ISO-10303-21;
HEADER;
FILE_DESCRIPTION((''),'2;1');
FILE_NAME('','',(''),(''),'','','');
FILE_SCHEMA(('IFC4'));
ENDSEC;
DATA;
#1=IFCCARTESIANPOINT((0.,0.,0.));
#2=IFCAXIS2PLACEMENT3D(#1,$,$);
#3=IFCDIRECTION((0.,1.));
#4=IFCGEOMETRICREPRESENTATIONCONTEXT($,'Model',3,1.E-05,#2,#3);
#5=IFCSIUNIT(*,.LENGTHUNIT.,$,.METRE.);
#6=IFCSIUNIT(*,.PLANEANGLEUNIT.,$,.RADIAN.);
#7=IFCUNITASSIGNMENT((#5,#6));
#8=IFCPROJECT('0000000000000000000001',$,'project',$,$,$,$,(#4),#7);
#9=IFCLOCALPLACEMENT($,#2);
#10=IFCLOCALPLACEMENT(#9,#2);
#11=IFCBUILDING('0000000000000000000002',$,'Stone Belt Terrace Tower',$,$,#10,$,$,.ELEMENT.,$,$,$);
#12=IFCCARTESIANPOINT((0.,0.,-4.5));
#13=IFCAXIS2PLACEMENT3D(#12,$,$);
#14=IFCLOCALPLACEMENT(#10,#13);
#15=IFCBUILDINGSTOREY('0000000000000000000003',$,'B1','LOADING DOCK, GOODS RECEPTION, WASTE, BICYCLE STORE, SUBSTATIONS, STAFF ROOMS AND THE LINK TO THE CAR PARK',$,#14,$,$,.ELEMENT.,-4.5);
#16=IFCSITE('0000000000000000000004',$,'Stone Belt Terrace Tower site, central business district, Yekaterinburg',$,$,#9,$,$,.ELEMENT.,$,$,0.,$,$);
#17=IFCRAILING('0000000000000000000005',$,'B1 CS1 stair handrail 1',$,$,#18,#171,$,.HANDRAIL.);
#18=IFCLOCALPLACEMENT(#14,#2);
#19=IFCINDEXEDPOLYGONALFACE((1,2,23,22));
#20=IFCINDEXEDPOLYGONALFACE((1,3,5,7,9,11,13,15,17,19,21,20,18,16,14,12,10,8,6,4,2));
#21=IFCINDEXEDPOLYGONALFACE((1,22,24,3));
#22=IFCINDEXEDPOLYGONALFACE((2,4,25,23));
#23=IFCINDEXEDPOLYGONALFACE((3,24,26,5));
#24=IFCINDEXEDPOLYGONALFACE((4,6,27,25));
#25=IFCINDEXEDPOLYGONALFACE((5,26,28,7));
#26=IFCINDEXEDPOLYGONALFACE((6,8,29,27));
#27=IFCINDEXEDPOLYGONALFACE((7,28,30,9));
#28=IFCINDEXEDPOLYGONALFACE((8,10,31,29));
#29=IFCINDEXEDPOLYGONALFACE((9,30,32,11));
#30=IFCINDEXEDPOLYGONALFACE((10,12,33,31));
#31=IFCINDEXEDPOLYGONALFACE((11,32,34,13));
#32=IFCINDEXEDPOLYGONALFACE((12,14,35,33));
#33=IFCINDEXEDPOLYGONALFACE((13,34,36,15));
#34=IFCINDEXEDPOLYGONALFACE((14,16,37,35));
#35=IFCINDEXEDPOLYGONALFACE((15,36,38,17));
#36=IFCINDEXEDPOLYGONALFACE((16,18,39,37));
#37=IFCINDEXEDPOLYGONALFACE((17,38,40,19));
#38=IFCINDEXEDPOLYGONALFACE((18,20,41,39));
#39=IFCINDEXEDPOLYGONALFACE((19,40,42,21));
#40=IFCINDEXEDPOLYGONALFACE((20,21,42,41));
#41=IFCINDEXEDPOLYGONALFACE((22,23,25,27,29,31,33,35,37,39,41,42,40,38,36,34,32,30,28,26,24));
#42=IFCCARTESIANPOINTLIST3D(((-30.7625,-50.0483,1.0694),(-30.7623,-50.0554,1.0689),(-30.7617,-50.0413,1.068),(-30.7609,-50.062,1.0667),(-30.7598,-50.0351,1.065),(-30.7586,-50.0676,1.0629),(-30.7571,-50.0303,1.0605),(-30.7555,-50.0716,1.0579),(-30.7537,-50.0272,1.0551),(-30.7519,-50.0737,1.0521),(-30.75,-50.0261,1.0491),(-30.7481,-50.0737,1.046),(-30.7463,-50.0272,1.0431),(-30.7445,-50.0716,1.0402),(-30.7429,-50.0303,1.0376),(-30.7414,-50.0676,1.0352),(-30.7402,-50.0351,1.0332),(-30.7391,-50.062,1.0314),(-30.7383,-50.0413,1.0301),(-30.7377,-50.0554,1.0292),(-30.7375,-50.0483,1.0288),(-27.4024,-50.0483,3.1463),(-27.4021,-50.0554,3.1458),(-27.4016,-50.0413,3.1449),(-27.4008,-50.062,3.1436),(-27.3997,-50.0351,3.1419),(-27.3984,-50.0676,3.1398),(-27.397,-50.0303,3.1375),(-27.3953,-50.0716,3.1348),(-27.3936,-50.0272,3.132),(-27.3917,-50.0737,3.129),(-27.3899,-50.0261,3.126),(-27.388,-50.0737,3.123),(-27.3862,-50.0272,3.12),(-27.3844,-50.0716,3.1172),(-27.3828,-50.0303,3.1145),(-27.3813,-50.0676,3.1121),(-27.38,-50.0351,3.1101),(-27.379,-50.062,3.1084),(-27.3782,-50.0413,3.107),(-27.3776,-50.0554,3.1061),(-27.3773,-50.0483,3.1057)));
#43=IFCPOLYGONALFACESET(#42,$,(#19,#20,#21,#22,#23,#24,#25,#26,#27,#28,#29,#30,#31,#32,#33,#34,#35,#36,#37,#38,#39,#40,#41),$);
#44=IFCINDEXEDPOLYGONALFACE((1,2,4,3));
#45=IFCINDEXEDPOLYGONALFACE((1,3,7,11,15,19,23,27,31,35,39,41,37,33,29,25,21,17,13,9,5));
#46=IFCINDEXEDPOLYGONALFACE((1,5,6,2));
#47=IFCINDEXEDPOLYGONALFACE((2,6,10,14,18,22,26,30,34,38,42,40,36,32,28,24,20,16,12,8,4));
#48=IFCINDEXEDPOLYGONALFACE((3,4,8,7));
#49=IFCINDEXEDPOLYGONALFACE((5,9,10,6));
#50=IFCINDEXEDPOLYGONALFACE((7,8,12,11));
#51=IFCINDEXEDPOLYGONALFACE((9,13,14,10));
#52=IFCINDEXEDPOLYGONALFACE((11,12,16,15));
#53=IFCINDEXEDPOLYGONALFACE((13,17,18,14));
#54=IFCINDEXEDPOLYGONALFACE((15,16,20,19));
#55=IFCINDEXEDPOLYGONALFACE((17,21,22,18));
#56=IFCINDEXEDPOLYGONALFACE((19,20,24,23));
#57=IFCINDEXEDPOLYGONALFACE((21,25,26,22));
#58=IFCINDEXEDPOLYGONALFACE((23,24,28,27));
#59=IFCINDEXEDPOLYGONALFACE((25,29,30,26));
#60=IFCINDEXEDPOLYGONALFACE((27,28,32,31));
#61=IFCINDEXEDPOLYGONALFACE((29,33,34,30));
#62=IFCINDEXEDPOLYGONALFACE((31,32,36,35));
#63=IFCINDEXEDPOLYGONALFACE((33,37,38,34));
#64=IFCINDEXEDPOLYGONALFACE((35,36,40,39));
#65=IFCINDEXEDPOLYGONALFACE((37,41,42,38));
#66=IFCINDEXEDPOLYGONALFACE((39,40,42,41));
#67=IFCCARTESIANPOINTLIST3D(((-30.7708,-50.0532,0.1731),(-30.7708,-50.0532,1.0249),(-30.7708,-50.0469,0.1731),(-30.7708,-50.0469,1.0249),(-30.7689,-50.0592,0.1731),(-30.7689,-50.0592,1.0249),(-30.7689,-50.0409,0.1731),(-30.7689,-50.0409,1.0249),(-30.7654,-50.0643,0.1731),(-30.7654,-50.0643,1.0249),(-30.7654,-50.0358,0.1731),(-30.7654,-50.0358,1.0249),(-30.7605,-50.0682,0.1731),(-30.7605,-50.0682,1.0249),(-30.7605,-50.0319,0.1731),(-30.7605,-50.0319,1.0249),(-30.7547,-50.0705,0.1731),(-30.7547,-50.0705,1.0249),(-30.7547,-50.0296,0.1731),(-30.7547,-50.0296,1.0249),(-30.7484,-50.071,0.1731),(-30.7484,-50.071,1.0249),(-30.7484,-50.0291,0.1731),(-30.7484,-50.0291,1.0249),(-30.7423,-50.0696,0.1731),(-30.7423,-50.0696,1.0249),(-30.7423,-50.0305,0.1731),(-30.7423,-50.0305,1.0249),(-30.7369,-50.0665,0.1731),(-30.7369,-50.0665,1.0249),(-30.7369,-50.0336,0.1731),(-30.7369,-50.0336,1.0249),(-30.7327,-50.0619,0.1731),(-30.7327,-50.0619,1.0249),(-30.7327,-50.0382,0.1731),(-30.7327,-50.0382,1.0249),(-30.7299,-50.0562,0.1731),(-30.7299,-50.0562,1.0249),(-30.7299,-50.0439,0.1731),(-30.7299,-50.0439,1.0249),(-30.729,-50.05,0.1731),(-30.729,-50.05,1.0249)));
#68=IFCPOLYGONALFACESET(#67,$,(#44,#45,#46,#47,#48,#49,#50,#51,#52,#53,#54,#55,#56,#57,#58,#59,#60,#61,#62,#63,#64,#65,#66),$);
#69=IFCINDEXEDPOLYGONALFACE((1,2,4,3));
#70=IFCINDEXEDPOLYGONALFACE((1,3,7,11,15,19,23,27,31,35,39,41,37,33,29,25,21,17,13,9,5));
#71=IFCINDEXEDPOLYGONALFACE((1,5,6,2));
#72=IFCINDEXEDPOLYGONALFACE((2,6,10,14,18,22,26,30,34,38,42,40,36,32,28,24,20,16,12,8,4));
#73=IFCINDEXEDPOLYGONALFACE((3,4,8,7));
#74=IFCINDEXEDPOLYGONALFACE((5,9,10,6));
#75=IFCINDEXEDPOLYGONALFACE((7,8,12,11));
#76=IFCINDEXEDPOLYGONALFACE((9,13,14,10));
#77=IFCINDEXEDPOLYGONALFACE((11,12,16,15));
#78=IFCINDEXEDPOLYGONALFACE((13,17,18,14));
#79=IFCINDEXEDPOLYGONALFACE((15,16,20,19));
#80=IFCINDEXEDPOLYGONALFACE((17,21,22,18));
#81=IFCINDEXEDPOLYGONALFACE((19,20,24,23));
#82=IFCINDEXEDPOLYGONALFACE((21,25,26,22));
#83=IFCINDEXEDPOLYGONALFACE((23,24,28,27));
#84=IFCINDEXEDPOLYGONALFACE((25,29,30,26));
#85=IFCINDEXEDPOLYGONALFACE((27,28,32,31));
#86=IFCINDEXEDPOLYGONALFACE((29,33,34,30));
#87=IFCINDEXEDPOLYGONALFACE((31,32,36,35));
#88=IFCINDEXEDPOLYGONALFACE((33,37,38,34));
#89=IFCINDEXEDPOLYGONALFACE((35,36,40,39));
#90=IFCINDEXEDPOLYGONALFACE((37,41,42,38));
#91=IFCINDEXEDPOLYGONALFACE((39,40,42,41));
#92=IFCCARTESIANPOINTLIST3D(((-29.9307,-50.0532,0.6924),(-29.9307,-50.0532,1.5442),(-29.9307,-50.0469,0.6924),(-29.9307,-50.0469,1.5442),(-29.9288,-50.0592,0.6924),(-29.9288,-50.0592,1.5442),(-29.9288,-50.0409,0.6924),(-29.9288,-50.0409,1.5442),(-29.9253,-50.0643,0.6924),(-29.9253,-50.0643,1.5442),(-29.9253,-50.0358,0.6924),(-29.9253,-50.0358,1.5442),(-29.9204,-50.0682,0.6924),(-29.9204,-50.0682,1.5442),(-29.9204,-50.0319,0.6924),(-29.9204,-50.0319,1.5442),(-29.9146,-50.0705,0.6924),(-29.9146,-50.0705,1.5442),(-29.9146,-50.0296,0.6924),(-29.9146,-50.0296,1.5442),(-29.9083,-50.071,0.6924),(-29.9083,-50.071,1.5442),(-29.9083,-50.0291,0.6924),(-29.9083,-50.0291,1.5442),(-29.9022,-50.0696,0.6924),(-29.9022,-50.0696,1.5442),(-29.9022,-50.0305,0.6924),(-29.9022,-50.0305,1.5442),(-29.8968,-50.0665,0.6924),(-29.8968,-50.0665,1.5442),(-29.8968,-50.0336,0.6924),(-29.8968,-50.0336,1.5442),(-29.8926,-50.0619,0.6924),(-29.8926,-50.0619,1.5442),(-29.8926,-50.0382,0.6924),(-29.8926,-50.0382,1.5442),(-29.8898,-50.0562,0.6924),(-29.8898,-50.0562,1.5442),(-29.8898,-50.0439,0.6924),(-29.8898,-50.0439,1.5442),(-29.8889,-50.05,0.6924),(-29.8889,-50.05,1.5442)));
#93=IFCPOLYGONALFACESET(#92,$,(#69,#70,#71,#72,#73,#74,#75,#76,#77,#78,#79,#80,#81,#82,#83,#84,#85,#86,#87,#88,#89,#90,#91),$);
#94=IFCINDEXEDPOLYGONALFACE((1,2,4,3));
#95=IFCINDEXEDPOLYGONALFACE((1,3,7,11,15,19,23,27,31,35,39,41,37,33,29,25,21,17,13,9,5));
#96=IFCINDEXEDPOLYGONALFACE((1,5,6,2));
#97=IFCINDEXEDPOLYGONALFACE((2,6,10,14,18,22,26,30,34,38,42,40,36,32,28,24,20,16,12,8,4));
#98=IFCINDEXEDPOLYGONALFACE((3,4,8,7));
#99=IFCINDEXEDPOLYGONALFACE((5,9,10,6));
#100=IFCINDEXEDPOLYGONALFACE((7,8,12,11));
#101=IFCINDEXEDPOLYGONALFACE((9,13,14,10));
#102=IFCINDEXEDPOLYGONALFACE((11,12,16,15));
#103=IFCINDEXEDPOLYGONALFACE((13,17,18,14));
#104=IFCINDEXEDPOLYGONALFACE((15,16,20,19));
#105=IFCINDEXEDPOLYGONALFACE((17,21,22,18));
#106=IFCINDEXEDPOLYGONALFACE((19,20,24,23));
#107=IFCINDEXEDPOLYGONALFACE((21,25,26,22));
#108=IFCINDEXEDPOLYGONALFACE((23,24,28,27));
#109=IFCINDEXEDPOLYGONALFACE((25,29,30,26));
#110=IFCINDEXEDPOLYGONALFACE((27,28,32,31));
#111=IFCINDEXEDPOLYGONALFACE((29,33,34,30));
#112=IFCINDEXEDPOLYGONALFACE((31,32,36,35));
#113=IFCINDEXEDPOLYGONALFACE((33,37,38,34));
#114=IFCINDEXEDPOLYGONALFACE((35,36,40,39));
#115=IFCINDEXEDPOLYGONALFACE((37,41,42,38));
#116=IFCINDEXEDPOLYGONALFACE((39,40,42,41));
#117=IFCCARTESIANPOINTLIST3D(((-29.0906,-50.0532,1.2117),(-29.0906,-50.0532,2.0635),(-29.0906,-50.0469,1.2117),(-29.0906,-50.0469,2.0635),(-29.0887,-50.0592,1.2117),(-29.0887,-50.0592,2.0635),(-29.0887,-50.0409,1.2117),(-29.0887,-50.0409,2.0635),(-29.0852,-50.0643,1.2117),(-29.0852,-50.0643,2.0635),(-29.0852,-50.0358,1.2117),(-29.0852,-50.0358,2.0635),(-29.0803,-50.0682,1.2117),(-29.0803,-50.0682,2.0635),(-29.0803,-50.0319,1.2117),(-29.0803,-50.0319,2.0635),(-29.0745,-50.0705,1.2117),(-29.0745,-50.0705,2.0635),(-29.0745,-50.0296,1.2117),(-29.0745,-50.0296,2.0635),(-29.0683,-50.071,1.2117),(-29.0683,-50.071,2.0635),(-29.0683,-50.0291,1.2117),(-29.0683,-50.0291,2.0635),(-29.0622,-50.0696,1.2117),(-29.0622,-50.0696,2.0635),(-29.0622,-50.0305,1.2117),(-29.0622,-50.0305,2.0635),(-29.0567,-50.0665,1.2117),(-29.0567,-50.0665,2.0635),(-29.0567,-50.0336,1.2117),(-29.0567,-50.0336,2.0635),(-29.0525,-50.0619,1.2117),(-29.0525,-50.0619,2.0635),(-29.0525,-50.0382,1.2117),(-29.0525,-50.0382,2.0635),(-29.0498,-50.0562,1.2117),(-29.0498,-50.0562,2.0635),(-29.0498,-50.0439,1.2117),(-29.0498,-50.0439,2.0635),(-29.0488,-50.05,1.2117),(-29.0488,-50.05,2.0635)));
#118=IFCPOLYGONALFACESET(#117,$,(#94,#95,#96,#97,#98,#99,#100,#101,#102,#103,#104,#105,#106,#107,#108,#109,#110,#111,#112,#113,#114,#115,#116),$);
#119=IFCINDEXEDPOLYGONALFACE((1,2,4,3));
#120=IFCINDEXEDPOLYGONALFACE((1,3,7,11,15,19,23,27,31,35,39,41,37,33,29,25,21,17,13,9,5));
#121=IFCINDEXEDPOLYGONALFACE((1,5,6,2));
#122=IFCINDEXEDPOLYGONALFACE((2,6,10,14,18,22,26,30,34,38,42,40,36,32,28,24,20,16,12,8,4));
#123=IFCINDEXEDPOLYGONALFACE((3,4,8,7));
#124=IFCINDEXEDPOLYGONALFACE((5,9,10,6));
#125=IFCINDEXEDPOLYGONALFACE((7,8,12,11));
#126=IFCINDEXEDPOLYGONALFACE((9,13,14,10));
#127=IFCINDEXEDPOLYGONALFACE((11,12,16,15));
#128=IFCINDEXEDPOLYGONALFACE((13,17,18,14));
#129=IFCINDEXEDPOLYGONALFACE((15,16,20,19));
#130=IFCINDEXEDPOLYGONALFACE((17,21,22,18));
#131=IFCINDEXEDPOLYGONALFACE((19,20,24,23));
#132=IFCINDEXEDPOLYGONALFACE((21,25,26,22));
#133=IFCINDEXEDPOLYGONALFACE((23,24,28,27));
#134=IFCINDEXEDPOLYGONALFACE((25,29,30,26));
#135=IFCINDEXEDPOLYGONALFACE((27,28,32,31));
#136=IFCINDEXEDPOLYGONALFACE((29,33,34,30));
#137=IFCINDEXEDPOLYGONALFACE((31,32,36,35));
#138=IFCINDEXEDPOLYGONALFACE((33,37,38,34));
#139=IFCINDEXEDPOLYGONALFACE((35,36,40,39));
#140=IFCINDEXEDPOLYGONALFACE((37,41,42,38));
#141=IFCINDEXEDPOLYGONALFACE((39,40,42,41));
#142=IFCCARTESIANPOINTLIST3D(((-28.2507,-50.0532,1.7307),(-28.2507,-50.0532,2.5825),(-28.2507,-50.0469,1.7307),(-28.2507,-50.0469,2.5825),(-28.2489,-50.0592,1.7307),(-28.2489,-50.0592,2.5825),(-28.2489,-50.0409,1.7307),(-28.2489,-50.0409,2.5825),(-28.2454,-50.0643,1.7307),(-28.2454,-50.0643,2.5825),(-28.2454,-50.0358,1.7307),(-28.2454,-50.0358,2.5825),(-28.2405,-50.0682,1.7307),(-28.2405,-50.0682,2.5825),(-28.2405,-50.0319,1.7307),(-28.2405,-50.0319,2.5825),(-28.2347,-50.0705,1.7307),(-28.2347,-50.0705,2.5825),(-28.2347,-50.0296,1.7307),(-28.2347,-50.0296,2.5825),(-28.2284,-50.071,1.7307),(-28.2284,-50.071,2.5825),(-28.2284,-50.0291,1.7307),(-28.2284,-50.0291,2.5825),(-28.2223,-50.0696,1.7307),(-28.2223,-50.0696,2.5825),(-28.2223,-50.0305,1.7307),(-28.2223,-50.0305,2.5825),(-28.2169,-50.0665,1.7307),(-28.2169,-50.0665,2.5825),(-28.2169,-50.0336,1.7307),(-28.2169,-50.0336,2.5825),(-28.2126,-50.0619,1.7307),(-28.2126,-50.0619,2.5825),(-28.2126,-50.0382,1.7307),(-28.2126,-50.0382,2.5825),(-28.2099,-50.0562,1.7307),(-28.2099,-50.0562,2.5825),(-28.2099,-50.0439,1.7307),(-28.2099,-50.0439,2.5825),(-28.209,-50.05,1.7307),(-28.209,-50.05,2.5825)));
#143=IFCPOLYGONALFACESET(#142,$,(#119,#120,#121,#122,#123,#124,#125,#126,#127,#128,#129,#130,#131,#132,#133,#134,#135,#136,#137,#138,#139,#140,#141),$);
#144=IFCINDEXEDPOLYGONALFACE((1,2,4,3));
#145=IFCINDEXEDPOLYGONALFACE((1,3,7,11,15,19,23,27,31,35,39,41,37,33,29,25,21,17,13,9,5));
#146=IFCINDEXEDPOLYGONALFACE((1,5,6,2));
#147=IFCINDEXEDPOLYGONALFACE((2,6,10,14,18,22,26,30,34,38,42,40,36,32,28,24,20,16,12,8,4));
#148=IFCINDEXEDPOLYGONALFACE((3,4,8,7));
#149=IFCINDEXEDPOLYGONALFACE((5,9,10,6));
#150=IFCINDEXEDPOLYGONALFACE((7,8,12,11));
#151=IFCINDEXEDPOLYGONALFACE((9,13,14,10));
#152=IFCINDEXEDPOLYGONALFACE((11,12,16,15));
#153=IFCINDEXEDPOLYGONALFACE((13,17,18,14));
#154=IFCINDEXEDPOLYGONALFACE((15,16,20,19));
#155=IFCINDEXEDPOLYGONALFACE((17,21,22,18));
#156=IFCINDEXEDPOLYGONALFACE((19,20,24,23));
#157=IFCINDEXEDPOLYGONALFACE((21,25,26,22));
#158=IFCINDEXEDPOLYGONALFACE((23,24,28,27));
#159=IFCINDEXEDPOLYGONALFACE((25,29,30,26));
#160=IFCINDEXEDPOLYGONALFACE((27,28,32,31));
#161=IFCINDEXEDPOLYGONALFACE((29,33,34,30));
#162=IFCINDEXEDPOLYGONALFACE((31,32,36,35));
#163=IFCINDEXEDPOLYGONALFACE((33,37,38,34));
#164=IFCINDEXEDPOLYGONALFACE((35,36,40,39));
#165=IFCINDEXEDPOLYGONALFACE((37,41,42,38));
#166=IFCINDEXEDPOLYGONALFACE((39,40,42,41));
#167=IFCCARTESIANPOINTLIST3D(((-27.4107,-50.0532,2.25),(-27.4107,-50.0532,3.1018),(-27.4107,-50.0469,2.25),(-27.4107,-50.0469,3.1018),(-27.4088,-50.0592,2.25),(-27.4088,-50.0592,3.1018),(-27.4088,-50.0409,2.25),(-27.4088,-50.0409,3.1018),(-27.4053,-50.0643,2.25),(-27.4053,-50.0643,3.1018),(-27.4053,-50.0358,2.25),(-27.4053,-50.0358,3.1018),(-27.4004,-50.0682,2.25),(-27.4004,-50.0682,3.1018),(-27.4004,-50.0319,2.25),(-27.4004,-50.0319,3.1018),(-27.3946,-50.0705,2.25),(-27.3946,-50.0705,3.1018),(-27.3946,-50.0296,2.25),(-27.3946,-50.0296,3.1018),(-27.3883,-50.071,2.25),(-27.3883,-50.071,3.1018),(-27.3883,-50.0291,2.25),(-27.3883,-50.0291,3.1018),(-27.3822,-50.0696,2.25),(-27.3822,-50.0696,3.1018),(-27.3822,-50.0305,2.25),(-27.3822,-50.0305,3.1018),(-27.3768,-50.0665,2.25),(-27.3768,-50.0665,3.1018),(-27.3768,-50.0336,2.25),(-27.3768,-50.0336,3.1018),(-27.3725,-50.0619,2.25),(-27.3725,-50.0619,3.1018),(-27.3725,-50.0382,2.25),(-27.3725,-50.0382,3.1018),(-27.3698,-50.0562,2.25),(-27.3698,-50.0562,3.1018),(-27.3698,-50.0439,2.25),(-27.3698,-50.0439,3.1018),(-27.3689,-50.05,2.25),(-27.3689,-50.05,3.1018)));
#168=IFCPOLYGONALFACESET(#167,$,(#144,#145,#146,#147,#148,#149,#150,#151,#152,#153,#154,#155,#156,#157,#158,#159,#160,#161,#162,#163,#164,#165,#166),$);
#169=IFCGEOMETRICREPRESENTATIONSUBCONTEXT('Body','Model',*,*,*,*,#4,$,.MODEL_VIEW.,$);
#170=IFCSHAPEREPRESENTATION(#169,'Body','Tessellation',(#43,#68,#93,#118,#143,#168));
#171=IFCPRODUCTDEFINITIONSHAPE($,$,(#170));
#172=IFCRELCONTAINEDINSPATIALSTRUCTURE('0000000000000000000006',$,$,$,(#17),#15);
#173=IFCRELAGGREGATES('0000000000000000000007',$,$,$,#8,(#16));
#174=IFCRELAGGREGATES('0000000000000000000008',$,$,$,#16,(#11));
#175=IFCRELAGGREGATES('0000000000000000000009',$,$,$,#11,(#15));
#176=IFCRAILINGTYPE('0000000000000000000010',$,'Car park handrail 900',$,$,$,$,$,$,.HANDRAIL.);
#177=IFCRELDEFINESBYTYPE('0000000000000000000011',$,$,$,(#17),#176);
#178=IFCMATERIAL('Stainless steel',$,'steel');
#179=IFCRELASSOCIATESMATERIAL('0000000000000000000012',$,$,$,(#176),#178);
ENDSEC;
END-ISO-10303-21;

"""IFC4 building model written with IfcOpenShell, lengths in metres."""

from ifc_helpers import new_model, si_unit, direction, frame, origin, origin_2d, place, context, subcontext, project, spatial, circle, extrude, material, type_object, element, save


model = new_model("IFC4")

# Units and contexts
model_context = context("Model", 3, precision=1e-05, world=origin(), true_north=direction((0.0, 1.0)))
body_context = subcontext(model_context, "Body", "Model", "MODEL_VIEW")
ifc_project = project(units=[si_unit("LENGTHUNIT", "METRE"), si_unit("PLANEANGLEUNIT", "RADIAN")], contexts=[model_context])

# Site, building, storey
site_placement = place(None, origin())
site = spatial("IfcSite", under=ifc_project, at=site_placement, Name="Stone Belt Terrace Tower site, central business district, Yekaterinburg", CompositionType="ELEMENT", RefElevation=0.0)
building_placement = place(site_placement, origin())
building = spatial("IfcBuilding", under=site, at=building_placement, Name="Stone Belt Terrace Tower", CompositionType="ELEMENT")
storey_placement = place(building_placement, frame((0.0, 0.0, -4.5)))
storey = spatial("IfcBuildingStorey", under=building, at=storey_placement, Name="B1", Description="LOADING DOCK, GOODS RECEPTION, WASTE, BICYCLE STORE, SUBSTATIONS, STAFF ROOMS AND THE LINK TO THE CAR PARK", CompositionType="ELEMENT", Elevation=-4.5)

# Railing
ifc_material_1 = material(Name="Stainless steel", Category="steel")
railing_type_1 = type_object("IfcRailingType", Name="Car park handrail 900", PredefinedType="HANDRAIL", material=ifc_material_1)
railing_1_placement = place(storey_placement, frame((-30.75, -50.05, 0.1731)))
element("IfcRailing", 1, at=railing_1_placement, inside=storey, type_object=railing_type_1, Name="B1 CS1 stair handrail 1", PredefinedType="HANDRAIL", context=body_context, shape_type="SweptSolid", body=[
    extrude(circle(Radius=0.0239, at=origin_2d()), frame((0.0, 0.0, 0.876), z_axis=(0.850623, 0.0, 0.525776), x_axis=(0.0, 1.0, 0.0)), (0.0, 0.0, 1.0), 3.9502),
    extrude(circle(Radius=0.021, at=origin_2d()), origin(), (0.0, 0.0, 1.0), 0.8518),
    extrude(circle(Radius=0.021, at=origin_2d()), frame((0.8401, 0.0, 0.5193)), (0.0, 0.0, 1.0), 0.8518),
    extrude(circle(Radius=0.021, at=origin_2d()), frame((1.6802, 0.0, 1.0386)), (0.0, 0.0, 1.0), 0.8518),
    extrude(circle(Radius=0.021, at=origin_2d()), frame((2.52, 0.0, 1.5576)), (0.0, 0.0, 1.0), 0.8518),
    extrude(circle(Radius=0.021, at=origin_2d()), frame((3.3601, 0.0, 2.0769)), (0.0, 0.0, 1.0), 0.8518),
])

save(model, "model.ifc")
